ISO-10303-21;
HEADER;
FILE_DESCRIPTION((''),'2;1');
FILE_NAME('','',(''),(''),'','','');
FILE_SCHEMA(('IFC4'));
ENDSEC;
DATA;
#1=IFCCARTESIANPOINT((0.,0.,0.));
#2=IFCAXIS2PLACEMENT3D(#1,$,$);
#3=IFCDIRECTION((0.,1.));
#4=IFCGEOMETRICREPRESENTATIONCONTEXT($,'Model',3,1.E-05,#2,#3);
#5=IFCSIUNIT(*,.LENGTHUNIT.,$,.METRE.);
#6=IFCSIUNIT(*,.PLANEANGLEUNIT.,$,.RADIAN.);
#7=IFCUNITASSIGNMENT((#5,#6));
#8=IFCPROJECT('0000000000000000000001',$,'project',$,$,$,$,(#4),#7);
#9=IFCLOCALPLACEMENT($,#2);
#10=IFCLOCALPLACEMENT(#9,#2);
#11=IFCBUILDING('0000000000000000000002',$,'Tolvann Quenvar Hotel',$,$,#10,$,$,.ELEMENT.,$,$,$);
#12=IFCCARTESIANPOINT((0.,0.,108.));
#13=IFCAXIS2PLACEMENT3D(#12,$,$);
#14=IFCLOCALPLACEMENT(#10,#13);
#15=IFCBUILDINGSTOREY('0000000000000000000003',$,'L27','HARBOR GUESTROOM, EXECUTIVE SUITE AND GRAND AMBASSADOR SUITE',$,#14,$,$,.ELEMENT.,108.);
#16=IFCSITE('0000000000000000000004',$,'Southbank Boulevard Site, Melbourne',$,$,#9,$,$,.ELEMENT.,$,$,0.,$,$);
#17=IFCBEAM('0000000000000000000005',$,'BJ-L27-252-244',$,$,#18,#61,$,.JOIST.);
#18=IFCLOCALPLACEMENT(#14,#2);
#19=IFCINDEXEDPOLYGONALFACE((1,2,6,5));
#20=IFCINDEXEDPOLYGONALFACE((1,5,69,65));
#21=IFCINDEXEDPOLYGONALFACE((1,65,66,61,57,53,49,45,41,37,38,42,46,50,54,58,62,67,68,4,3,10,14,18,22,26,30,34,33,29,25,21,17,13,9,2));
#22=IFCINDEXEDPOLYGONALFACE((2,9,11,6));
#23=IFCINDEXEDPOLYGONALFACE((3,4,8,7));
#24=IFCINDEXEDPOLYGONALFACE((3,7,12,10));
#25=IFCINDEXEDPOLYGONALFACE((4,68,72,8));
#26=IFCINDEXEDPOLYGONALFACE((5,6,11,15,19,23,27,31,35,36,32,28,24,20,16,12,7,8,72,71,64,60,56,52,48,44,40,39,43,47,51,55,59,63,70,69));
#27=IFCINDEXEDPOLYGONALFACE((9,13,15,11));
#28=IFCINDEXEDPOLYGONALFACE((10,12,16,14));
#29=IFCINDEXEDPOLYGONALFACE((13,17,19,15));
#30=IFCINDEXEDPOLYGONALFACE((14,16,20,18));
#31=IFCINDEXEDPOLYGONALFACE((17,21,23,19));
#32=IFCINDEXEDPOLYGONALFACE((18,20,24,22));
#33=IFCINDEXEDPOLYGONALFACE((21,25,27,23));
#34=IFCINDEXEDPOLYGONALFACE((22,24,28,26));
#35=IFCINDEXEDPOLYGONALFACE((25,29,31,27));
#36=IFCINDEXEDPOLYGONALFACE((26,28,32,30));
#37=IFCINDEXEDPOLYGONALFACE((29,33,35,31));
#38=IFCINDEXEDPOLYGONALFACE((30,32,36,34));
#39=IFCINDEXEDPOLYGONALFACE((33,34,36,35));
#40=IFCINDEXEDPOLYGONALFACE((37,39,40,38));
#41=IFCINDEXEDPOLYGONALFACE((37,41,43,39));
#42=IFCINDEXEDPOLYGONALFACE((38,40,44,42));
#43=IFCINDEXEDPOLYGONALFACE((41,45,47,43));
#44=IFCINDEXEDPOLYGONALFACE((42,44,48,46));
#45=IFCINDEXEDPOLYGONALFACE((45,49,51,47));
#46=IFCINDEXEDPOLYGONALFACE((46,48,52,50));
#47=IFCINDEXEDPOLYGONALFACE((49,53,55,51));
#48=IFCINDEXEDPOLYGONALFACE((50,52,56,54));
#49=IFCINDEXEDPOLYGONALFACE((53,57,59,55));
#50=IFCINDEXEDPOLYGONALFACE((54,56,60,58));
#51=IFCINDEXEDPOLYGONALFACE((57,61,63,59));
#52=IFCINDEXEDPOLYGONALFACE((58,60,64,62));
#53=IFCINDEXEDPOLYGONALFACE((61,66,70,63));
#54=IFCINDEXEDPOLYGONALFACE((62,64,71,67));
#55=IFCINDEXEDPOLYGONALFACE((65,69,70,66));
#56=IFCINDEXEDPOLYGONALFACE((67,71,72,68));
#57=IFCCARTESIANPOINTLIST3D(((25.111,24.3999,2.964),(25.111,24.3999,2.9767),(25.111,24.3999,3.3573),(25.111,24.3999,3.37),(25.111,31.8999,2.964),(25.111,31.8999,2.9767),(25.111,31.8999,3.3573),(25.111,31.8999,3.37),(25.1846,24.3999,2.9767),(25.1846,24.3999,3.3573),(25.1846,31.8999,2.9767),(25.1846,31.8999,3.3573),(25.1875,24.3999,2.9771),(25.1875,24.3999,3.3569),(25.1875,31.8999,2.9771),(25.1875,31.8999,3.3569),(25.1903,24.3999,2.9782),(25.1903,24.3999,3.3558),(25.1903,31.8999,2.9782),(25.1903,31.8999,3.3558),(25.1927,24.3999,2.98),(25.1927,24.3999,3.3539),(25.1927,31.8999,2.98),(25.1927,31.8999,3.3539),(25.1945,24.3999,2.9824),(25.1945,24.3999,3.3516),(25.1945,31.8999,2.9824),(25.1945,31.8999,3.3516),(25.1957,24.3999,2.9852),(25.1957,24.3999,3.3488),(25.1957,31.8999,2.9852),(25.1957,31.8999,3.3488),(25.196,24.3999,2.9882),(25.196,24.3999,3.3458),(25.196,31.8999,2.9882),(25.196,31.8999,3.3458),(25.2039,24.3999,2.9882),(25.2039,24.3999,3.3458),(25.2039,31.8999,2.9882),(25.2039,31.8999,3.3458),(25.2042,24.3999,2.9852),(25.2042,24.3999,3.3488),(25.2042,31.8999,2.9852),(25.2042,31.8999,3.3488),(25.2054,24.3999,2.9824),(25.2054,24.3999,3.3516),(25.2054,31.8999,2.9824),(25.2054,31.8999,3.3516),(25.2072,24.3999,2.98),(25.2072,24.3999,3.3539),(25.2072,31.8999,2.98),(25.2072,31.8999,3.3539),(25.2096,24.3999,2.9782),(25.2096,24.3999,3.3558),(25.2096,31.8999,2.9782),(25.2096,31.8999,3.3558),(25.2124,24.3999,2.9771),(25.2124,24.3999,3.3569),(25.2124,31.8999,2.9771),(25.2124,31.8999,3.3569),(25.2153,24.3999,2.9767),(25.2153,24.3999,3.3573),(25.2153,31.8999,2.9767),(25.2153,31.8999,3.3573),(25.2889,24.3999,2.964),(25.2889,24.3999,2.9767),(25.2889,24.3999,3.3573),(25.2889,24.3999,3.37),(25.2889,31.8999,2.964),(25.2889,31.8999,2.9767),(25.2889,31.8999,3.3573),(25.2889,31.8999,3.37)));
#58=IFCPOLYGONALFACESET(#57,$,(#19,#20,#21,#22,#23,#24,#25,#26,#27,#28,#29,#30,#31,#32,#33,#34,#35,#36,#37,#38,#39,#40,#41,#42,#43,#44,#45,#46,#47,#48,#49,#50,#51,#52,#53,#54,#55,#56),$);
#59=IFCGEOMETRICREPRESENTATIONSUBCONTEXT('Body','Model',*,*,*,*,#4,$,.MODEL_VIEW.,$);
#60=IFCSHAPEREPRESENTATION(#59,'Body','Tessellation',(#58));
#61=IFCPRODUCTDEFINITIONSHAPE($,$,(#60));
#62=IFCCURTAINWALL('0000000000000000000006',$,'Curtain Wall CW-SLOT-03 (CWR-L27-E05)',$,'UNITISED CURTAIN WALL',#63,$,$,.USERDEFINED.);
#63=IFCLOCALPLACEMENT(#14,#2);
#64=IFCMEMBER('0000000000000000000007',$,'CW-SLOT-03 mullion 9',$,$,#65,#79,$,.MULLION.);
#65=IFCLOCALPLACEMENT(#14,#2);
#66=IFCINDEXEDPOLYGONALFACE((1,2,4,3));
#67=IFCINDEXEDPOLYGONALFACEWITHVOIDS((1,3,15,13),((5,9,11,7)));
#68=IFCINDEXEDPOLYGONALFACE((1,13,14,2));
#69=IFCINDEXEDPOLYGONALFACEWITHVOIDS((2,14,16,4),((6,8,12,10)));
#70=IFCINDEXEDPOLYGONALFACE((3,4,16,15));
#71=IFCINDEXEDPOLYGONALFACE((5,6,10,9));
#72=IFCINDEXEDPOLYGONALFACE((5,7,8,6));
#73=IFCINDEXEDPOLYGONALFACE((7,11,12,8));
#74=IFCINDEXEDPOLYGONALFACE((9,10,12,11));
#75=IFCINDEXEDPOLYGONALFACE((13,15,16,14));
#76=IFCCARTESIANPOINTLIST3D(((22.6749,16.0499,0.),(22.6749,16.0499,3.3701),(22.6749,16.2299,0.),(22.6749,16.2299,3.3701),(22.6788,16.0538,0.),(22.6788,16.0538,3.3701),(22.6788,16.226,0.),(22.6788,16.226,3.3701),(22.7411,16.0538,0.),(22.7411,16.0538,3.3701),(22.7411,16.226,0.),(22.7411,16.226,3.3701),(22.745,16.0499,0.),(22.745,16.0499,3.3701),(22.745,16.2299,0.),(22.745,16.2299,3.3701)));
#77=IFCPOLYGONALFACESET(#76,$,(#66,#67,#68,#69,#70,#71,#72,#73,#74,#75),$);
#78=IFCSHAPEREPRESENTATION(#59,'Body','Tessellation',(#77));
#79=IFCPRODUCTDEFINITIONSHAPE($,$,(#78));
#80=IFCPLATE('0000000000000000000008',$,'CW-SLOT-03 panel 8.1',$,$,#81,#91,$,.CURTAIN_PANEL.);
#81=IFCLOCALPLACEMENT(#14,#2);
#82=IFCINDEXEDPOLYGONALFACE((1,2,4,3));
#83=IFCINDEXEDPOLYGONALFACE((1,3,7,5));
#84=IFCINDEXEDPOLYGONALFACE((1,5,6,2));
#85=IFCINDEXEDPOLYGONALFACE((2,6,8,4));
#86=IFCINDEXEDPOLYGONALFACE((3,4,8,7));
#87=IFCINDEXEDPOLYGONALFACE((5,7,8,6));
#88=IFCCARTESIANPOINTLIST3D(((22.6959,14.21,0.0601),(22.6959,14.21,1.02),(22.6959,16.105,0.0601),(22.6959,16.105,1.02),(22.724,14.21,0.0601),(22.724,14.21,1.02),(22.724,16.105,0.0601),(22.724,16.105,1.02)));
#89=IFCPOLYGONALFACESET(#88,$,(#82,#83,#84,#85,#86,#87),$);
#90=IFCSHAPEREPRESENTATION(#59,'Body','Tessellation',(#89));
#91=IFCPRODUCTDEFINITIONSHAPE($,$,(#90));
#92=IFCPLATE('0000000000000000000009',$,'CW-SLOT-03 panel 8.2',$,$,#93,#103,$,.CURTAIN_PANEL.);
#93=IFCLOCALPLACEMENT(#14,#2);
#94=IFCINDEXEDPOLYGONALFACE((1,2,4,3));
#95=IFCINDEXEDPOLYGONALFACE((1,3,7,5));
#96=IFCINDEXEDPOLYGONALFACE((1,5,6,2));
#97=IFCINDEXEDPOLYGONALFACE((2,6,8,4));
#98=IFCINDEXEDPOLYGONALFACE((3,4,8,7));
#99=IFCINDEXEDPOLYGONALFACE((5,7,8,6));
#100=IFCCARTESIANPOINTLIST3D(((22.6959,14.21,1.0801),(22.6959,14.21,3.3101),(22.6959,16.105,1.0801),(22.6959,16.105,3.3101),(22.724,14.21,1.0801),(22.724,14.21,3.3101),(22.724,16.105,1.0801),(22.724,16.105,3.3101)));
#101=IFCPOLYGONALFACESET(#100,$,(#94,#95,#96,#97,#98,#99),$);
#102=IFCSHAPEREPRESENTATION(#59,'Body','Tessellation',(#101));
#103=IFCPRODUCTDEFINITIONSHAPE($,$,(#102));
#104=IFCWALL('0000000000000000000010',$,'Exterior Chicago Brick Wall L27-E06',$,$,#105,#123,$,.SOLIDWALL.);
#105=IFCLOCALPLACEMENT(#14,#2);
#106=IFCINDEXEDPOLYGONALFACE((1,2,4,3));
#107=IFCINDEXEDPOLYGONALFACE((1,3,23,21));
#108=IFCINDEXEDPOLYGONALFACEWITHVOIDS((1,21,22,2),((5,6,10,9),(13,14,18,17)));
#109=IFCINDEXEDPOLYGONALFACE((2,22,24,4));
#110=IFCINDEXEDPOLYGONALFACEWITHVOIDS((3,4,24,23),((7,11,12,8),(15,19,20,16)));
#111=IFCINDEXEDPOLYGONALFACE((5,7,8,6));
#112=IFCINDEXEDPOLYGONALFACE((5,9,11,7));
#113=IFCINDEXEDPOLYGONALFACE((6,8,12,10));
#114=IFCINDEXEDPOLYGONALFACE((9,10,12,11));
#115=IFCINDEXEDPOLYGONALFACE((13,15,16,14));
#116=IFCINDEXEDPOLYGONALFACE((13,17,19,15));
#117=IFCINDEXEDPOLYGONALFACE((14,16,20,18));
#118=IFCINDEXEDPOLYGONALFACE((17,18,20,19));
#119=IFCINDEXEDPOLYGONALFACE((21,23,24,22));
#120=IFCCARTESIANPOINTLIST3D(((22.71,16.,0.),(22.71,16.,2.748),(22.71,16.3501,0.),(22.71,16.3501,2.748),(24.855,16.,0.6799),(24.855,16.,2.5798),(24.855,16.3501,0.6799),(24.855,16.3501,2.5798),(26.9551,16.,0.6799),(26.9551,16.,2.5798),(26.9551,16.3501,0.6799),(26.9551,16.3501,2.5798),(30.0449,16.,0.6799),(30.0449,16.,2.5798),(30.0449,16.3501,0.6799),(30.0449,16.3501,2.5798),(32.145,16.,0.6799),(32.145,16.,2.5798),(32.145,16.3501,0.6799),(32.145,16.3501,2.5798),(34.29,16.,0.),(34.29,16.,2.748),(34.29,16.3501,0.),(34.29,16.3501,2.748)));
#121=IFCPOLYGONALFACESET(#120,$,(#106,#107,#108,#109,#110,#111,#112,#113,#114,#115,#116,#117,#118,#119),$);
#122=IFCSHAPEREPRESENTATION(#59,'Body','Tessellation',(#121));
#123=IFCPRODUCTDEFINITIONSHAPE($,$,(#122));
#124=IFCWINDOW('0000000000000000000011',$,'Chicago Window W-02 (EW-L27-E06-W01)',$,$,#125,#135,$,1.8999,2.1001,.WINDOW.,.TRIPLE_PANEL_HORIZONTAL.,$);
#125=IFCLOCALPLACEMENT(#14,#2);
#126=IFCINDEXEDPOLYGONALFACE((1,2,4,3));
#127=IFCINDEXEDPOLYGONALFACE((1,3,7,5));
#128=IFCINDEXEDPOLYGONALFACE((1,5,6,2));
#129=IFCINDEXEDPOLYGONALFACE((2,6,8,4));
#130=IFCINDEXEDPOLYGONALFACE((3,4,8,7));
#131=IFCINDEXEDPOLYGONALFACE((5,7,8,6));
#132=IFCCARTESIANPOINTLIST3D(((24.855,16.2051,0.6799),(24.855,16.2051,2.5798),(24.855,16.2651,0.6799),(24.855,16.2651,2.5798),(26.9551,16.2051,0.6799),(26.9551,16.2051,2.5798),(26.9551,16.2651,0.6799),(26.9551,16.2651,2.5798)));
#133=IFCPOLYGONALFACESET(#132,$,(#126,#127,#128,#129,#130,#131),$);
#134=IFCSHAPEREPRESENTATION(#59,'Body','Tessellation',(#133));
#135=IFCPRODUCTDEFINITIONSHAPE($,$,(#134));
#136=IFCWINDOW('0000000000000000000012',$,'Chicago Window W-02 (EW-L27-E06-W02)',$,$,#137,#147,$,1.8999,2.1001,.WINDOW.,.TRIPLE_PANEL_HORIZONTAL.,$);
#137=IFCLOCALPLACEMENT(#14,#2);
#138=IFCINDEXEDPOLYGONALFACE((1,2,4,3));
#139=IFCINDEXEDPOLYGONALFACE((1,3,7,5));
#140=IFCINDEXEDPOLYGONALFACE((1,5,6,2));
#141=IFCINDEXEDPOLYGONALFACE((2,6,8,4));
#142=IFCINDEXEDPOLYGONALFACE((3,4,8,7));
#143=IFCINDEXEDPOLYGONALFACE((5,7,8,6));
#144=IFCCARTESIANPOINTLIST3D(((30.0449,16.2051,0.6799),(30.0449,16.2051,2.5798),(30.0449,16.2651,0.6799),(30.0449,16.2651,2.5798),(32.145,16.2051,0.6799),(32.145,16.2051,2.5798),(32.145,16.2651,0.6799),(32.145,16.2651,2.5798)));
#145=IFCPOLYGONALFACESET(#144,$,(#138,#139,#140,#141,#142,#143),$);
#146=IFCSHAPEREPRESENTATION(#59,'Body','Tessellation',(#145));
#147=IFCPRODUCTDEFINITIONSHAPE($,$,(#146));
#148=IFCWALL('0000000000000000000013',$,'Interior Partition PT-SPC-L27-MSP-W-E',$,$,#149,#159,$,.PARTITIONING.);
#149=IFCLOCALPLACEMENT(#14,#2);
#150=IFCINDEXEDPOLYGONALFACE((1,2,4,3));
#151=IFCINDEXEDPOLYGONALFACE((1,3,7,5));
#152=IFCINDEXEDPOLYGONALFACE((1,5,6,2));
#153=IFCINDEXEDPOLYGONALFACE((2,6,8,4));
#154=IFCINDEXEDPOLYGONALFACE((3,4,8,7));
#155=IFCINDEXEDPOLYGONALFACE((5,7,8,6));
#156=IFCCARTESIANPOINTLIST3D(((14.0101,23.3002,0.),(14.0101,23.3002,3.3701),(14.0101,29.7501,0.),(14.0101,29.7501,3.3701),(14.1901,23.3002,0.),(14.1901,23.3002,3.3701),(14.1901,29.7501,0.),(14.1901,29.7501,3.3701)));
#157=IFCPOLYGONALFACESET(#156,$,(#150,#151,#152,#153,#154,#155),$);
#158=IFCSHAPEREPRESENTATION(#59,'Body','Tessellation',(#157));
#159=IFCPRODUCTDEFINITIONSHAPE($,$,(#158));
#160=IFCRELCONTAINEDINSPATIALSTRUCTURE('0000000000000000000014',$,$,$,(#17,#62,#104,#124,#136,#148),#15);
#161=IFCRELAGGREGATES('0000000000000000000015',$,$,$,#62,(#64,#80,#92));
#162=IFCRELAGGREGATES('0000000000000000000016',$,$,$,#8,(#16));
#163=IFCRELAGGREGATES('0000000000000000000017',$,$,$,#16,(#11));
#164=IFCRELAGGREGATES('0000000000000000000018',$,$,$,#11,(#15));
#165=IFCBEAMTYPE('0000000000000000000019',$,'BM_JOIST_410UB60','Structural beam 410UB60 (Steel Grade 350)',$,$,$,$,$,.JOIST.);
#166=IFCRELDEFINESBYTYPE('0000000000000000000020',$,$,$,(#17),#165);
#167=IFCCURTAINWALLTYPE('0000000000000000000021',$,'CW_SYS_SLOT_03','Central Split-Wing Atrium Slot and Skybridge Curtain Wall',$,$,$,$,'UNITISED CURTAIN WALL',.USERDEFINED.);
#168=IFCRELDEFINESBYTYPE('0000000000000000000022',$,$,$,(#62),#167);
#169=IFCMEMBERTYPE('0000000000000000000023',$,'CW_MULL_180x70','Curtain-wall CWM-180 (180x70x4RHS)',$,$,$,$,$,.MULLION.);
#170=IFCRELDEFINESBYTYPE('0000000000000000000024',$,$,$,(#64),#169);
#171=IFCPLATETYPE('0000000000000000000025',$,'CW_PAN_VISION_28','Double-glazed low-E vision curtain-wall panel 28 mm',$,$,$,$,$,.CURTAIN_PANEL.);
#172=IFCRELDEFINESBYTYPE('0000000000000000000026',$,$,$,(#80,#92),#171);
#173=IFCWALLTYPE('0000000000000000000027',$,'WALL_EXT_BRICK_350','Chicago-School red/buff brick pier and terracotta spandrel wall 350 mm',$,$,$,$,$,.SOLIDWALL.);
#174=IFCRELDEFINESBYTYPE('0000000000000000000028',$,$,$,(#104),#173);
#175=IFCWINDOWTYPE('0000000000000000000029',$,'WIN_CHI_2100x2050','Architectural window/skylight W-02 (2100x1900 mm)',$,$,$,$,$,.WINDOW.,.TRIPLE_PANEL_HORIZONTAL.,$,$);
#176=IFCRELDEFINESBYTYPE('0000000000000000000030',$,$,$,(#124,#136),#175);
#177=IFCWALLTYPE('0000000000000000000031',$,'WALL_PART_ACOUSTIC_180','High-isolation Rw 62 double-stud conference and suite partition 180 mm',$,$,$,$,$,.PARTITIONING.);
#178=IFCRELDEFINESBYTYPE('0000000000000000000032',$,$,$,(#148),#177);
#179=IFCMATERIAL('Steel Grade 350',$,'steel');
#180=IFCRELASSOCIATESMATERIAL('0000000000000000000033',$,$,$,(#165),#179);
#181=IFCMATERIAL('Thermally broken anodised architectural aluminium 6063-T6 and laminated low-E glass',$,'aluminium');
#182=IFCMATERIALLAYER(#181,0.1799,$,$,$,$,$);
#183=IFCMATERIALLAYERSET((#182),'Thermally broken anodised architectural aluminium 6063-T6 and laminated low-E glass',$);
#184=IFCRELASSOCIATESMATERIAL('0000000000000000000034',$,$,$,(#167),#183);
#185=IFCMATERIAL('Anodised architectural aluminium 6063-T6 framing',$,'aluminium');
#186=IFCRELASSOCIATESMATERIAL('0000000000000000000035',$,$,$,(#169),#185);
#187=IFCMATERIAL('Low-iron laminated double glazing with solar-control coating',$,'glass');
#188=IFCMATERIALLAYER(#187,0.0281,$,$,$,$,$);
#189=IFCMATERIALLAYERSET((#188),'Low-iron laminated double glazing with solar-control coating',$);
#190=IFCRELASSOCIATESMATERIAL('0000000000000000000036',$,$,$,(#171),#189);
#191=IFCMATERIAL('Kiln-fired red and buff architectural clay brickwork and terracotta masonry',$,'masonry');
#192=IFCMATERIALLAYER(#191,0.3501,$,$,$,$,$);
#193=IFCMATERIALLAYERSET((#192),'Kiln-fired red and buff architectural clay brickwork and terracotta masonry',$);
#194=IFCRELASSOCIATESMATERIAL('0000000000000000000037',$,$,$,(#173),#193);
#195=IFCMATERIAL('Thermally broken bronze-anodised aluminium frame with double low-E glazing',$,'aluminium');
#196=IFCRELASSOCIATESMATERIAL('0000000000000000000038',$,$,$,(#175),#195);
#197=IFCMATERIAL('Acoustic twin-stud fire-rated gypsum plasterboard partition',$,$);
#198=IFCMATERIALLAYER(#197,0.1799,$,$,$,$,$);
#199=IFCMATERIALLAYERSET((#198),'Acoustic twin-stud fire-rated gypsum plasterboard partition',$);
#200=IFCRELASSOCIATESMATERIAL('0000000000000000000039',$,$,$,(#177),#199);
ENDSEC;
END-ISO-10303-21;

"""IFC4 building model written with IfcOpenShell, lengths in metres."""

from ifc_helpers import new_model, si_unit, direction, frame, frame_2d, origin, origin_2d, place, context, subcontext, project, spatial, rectangle, hollow_rectangle, i_section, extrude, source, transform, mapped, material, layer, layer_set, material_profile, profile_set, type_object, type_shapes, element, fill, aggregate, save


model = new_model("IFC4")

# Units and contexts
model_context = context("Model", 3, precision=1e-05, world=origin(), true_north=direction((0.0, 1.0)))
body_context = subcontext(model_context, "Body", "Model", "MODEL_VIEW")
ifc_project = project(units=[si_unit("LENGTHUNIT", "METRE"), si_unit("PLANEANGLEUNIT", "RADIAN")], contexts=[model_context])

# Site, building, storey
site_placement = place(None, origin())
site = spatial("IfcSite", under=ifc_project, at=site_placement, Name="Southbank Boulevard Site, Melbourne", CompositionType="ELEMENT", RefElevation=0.0)
building_placement = place(site_placement, origin())
building = spatial("IfcBuilding", under=site, at=building_placement, Name="Tolvann Quenvar Hotel", CompositionType="ELEMENT")
storey_placement = place(building_placement, frame((0.0, 0.0, 108.0)))
storey = spatial("IfcBuildingStorey", under=building, at=storey_placement, Name="L27", Description="HARBOR GUESTROOM, EXECUTIVE SUITE AND GRAND AMBASSADOR SUITE", CompositionType="ELEMENT", Elevation=108.0)

# Shared definitions
ifc_material_1 = material(Name="Steel Grade 350", Category="steel")

# Beam
ifc_material_profile_1 = material_profile(ifc_material_1, i_section(OverallWidth=0.178, OverallDepth=0.406, WebThickness=0.0078, FlangeThickness=0.0127, FilletRadius=0.0115, at=origin_2d()), Name="410UB60")
ifc_profile_set_1 = profile_set([ifc_material_profile_1], Name="Steel Grade 350")
beam_type_1 = type_object("IfcBeamType", Name="BM_JOIST_410UB60", Description="Structural beam 410UB60 (Steel Grade 350)", PredefinedType="JOIST", material=ifc_profile_set_1)
shared_shape_1 = source(origin(), body_context, "Body", "SweptSolid", [
    extrude(i_section(OverallWidth=0.178, OverallDepth=0.406, WebThickness=0.0078, FlangeThickness=0.0127, FilletRadius=0.0115, at=origin_2d()), origin(), (0.0, 0.0, 1.0), 7.5),
])
beam_1_placement = place(storey_placement, frame((25.2, 24.3999, 3.167), z_axis=(0.0, 1.0, 0.0), x_axis=(-1.0, 0.0, 0.0)))
element("IfcBeam", 1, at=beam_1_placement, inside=storey, type_object=beam_type_1, Name="BJ-L27-252-244", PredefinedType="JOIST", context=body_context, shape_type="MappedRepresentation", body=[
    mapped(shared_shape_1, transform((0.0, 0.0, 0.0), x_axis=(1.0, 0.0, 0.0), y_axis=(0.0, 1.0, 0.0), z_axis=(0.0, 0.0, 1.0), scale=1.0)),
])

# Curtain wall, member, plates
ifc_material_2 = material(Name="Thermally broken anodised architectural aluminium 6063-T6 and laminated low-E glass", Category="aluminium")
ifc_layer_1 = layer(ifc_material_2, 0.1799)
ifc_layer_set_1 = layer_set([ifc_layer_1], Name="Thermally broken anodised architectural aluminium 6063-T6 and laminated low-E glass")
curtain_wall_type = type_object("IfcCurtainWallType", Name="CW_SYS_SLOT_03", Description="Central Split-Wing Atrium Slot and Skybridge Curtain Wall", ElementType="UNITISED CURTAIN WALL", PredefinedType="USERDEFINED", material=ifc_layer_set_1)
curtain_wall_placement = place(storey_placement, origin())
curtain_wall = element("IfcCurtainWall", 2, at=curtain_wall_placement, inside=storey, type_object=curtain_wall_type, Name="Curtain Wall CW-SLOT-03 (CWR-L27-E05)", ObjectType="UNITISED CURTAIN WALL", PredefinedType="USERDEFINED")
ifc_material_3 = material(Name="Anodised architectural aluminium 6063-T6 framing", Category="aluminium")
ifc_material_profile_2 = material_profile(ifc_material_3, hollow_rectangle(XDim=0.0701, YDim=0.1799, WallThickness=0.0039, at=origin_2d()), Name="180x70x4RHS")
ifc_profile_set_2 = profile_set([ifc_material_profile_2], Name="Anodised architectural aluminium 6063-T6 framing")
member_type = type_object("IfcMemberType", Name="CW_MULL_180x70", Description="Curtain-wall CWM-180 (180x70x4RHS)", PredefinedType="MULLION", material=ifc_profile_set_2)
shared_shape_2 = source(origin(), body_context, "Body", "SweptSolid", [
    extrude(hollow_rectangle(XDim=0.0701, YDim=0.1799, WallThickness=0.0039, at=origin_2d()), origin(), (0.0, 0.0, 1.0), 3.3701),
])
type_shapes(member_type, [shared_shape_2])
member_placement = place(storey_placement, frame((22.71, 16.1399, 0.0), z_axis=(0.0, 0.0, 1.0), x_axis=(-1.0, 0.0, 0.0)))
member = element("IfcMember", 3, at=member_placement, type_object=member_type, Name="CW-SLOT-03 mullion 9", PredefinedType="MULLION", context=body_context, shape_type="MappedRepresentation", body=[
    mapped(shared_shape_2, transform((0.0, 0.0, 0.0), x_axis=(1.0, 0.0, 0.0), y_axis=(0.0, 1.0, 0.0), z_axis=(0.0, 0.0, 1.0), scale=1.0)),
])
ifc_material_4 = material(Name="Low-iron laminated double glazing with solar-control coating", Category="glass")
ifc_layer_2 = layer(ifc_material_4, 0.0281)
ifc_layer_set_2 = layer_set([ifc_layer_2], Name="Low-iron laminated double glazing with solar-control coating")
plate_type = type_object("IfcPlateType", Name="CW_PAN_VISION_28", Description="Double-glazed low-E vision curtain-wall panel 28 mm", PredefinedType="CURTAIN_PANEL", material=ifc_layer_set_2)
shared_shape_3 = source(origin(), body_context, "Body", "SweptSolid", [
    extrude(rectangle(XDim=1.895, YDim=0.0281, at=origin_2d()), origin(), (0.0, 0.0, 1.0), 0.96),
])
plate_1_placement = place(storey_placement, frame((22.71, 15.1575, 0.0601), z_axis=(0.0, 0.0, 1.0), x_axis=(0.0, 1.0, 0.0)))
plate_1 = element("IfcPlate", 4, at=plate_1_placement, type_object=plate_type, Name="CW-SLOT-03 panel 8.1", PredefinedType="CURTAIN_PANEL", context=body_context, shape_type="MappedRepresentation", body=[
    mapped(shared_shape_3, transform((0.0, 0.0, 0.0), x_axis=(1.0, 0.0, 0.0), y_axis=(0.0, 1.0, 0.0), z_axis=(0.0, 0.0, 1.0), scale=1.0)),
])
shared_shape_4 = source(origin(), body_context, "Body", "SweptSolid", [
    extrude(rectangle(XDim=1.895, YDim=0.0281, at=origin_2d()), origin(), (0.0, 0.0, 1.0), 2.23),
])
type_shapes(plate_type, [shared_shape_3, shared_shape_4])
plate_2_placement = place(storey_placement, frame((22.71, 15.1575, 1.0801), z_axis=(0.0, 0.0, 1.0), x_axis=(0.0, 1.0, 0.0)))
plate_2 = element("IfcPlate", 5, at=plate_2_placement, type_object=plate_type, Name="CW-SLOT-03 panel 8.2", PredefinedType="CURTAIN_PANEL", context=body_context, shape_type="MappedRepresentation", body=[
    mapped(shared_shape_4, transform((0.0, 0.0, 0.0), x_axis=(1.0, 0.0, 0.0), y_axis=(0.0, 1.0, 0.0), z_axis=(0.0, 0.0, 1.0), scale=1.0)),
])
aggregate(curtain_wall, [member, plate_1, plate_2])

# Wall, openings, windows
ifc_material_5 = material(Name="Kiln-fired red and buff architectural clay brickwork and terracotta masonry", Category="masonry")
ifc_layer_3 = layer(ifc_material_5, 0.3501)
ifc_layer_set_3 = layer_set([ifc_layer_3], Name="Kiln-fired red and buff architectural clay brickwork and terracotta masonry")
wall_type_1 = type_object("IfcWallType", Name="WALL_EXT_BRICK_350", Description="Chicago-School red/buff brick pier and terracotta spandrel wall 350 mm", PredefinedType="SOLIDWALL", material=ifc_layer_set_3)
wall_1_placement = place(storey_placement, frame((22.71, 16.175, 0.0), z_axis=(0.0, 0.0, 1.0), x_axis=(1.0, 0.0, 0.0)))
wall_1 = element("IfcWall", 6, at=wall_1_placement, inside=storey, type_object=wall_type_1, Name="Exterior Chicago Brick Wall L27-E06", PredefinedType="SOLIDWALL", context=body_context, shape_type="SweptSolid", body=[
    extrude(rectangle(XDim=11.5801, YDim=0.3501, at=frame_2d((5.79, 0.0))), origin(), (0.0, 0.0, 1.0), 2.748),
])
opening_1_placement = place(wall_1_placement, frame((2.145, 0.0, 0.6799)))
opening_1 = element("IfcOpeningElement", 7, at=opening_1_placement, cuts=wall_1, PredefinedType="OPENING", context=body_context, shape_type="SweptSolid", body=[
    extrude(rectangle(XDim=2.1001, YDim=1.8999, at=frame_2d((1.05, 0.95))), frame((0.0, 0.1851, 0.0), z_axis=(0.0, -1.0, 0.0), x_axis=(1.0, 0.0, 0.0)), (0.0, 0.0, 1.0), 0.3701),
])
opening_2_placement = place(wall_1_placement, frame((7.335, 0.0, 0.6799)))
opening_2 = element("IfcOpeningElement", 8, at=opening_2_placement, cuts=wall_1, PredefinedType="OPENING", context=body_context, shape_type="SweptSolid", body=[
    extrude(rectangle(XDim=2.1001, YDim=1.8999, at=frame_2d((1.05, 0.95))), frame((0.0, 0.1851, 0.0), z_axis=(0.0, -1.0, 0.0), x_axis=(1.0, 0.0, 0.0)), (0.0, 0.0, 1.0), 0.3701),
])
ifc_material_6 = material(Name="Thermally broken bronze-anodised aluminium frame with double low-E glazing", Category="aluminium")
window_type = type_object("IfcWindowType", Name="WIN_CHI_2100x2050", Description="Architectural window/skylight W-02 (2100x1900 mm)", PartitioningType="TRIPLE_PANEL_HORIZONTAL", PredefinedType="WINDOW", material=ifc_material_6)
shared_shape_5 = source(origin(), body_context, "Body", "SweptSolid", [
    extrude(rectangle(XDim=2.1001, YDim=1.8999, at=frame_2d((1.05, 0.95))), frame((0.0, 0.0901, 0.0), z_axis=(0.0, -1.0, 0.0), x_axis=(1.0, 0.0, 0.0)), (0.0, 0.0, 1.0), 0.0601),
])
type_shapes(window_type, [shared_shape_5])
window_1_placement = place(opening_1_placement, origin())
window_1 = element("IfcWindow", 9, at=window_1_placement, inside=storey, type_object=window_type, Name="Chicago Window W-02 (EW-L27-E06-W01)", OverallHeight=1.8999, OverallWidth=2.1001, PartitioningType="TRIPLE_PANEL_HORIZONTAL", PredefinedType="WINDOW", context=body_context, shape_type="MappedRepresentation", body=[
    mapped(shared_shape_5, transform((0.0, 0.0, 0.0), x_axis=(1.0, 0.0, 0.0), y_axis=(0.0, 1.0, 0.0), z_axis=(0.0, 0.0, 1.0), scale=1.0)),
])
fill(opening_1, window_1)
window_2_placement = place(opening_2_placement, origin())
window_2 = element("IfcWindow", 10, at=window_2_placement, inside=storey, type_object=window_type, Name="Chicago Window W-02 (EW-L27-E06-W02)", OverallHeight=1.8999, OverallWidth=2.1001, PartitioningType="TRIPLE_PANEL_HORIZONTAL", PredefinedType="WINDOW", context=body_context, shape_type="MappedRepresentation", body=[
    mapped(shared_shape_5, transform((0.0, 0.0, 0.0), x_axis=(1.0, 0.0, 0.0), y_axis=(0.0, 1.0, 0.0), z_axis=(0.0, 0.0, 1.0), scale=1.0)),
])
fill(opening_2, window_2)

# Wall
ifc_material_7 = material(Name="Acoustic twin-stud fire-rated gypsum plasterboard partition")
ifc_layer_4 = layer(ifc_material_7, 0.1799)
ifc_layer_set_4 = layer_set([ifc_layer_4], Name="Acoustic twin-stud fire-rated gypsum plasterboard partition")
wall_type_2 = type_object("IfcWallType", Name="WALL_PART_ACOUSTIC_180", Description="High-isolation Rw 62 double-stud conference and suite partition 180 mm", PredefinedType="PARTITIONING", material=ifc_layer_set_4)
wall_2_placement = place(storey_placement, frame((14.1001, 23.3, 0.0), z_axis=(0.0, 0.0, 1.0), x_axis=(0.0, 1.0, 0.0)))
element("IfcWall", 11, at=wall_2_placement, inside=storey, type_object=wall_type_2, Name="Interior Partition PT-SPC-L27-MSP-W-E", PredefinedType="PARTITIONING", context=body_context, shape_type="SweptSolid", body=[
    extrude(rectangle(XDim=6.45, YDim=0.1799, at=frame_2d((3.2251, 0.0))), origin(), (0.0, 0.0, 1.0), 3.3701),
])

save(model, "model.ifc")
